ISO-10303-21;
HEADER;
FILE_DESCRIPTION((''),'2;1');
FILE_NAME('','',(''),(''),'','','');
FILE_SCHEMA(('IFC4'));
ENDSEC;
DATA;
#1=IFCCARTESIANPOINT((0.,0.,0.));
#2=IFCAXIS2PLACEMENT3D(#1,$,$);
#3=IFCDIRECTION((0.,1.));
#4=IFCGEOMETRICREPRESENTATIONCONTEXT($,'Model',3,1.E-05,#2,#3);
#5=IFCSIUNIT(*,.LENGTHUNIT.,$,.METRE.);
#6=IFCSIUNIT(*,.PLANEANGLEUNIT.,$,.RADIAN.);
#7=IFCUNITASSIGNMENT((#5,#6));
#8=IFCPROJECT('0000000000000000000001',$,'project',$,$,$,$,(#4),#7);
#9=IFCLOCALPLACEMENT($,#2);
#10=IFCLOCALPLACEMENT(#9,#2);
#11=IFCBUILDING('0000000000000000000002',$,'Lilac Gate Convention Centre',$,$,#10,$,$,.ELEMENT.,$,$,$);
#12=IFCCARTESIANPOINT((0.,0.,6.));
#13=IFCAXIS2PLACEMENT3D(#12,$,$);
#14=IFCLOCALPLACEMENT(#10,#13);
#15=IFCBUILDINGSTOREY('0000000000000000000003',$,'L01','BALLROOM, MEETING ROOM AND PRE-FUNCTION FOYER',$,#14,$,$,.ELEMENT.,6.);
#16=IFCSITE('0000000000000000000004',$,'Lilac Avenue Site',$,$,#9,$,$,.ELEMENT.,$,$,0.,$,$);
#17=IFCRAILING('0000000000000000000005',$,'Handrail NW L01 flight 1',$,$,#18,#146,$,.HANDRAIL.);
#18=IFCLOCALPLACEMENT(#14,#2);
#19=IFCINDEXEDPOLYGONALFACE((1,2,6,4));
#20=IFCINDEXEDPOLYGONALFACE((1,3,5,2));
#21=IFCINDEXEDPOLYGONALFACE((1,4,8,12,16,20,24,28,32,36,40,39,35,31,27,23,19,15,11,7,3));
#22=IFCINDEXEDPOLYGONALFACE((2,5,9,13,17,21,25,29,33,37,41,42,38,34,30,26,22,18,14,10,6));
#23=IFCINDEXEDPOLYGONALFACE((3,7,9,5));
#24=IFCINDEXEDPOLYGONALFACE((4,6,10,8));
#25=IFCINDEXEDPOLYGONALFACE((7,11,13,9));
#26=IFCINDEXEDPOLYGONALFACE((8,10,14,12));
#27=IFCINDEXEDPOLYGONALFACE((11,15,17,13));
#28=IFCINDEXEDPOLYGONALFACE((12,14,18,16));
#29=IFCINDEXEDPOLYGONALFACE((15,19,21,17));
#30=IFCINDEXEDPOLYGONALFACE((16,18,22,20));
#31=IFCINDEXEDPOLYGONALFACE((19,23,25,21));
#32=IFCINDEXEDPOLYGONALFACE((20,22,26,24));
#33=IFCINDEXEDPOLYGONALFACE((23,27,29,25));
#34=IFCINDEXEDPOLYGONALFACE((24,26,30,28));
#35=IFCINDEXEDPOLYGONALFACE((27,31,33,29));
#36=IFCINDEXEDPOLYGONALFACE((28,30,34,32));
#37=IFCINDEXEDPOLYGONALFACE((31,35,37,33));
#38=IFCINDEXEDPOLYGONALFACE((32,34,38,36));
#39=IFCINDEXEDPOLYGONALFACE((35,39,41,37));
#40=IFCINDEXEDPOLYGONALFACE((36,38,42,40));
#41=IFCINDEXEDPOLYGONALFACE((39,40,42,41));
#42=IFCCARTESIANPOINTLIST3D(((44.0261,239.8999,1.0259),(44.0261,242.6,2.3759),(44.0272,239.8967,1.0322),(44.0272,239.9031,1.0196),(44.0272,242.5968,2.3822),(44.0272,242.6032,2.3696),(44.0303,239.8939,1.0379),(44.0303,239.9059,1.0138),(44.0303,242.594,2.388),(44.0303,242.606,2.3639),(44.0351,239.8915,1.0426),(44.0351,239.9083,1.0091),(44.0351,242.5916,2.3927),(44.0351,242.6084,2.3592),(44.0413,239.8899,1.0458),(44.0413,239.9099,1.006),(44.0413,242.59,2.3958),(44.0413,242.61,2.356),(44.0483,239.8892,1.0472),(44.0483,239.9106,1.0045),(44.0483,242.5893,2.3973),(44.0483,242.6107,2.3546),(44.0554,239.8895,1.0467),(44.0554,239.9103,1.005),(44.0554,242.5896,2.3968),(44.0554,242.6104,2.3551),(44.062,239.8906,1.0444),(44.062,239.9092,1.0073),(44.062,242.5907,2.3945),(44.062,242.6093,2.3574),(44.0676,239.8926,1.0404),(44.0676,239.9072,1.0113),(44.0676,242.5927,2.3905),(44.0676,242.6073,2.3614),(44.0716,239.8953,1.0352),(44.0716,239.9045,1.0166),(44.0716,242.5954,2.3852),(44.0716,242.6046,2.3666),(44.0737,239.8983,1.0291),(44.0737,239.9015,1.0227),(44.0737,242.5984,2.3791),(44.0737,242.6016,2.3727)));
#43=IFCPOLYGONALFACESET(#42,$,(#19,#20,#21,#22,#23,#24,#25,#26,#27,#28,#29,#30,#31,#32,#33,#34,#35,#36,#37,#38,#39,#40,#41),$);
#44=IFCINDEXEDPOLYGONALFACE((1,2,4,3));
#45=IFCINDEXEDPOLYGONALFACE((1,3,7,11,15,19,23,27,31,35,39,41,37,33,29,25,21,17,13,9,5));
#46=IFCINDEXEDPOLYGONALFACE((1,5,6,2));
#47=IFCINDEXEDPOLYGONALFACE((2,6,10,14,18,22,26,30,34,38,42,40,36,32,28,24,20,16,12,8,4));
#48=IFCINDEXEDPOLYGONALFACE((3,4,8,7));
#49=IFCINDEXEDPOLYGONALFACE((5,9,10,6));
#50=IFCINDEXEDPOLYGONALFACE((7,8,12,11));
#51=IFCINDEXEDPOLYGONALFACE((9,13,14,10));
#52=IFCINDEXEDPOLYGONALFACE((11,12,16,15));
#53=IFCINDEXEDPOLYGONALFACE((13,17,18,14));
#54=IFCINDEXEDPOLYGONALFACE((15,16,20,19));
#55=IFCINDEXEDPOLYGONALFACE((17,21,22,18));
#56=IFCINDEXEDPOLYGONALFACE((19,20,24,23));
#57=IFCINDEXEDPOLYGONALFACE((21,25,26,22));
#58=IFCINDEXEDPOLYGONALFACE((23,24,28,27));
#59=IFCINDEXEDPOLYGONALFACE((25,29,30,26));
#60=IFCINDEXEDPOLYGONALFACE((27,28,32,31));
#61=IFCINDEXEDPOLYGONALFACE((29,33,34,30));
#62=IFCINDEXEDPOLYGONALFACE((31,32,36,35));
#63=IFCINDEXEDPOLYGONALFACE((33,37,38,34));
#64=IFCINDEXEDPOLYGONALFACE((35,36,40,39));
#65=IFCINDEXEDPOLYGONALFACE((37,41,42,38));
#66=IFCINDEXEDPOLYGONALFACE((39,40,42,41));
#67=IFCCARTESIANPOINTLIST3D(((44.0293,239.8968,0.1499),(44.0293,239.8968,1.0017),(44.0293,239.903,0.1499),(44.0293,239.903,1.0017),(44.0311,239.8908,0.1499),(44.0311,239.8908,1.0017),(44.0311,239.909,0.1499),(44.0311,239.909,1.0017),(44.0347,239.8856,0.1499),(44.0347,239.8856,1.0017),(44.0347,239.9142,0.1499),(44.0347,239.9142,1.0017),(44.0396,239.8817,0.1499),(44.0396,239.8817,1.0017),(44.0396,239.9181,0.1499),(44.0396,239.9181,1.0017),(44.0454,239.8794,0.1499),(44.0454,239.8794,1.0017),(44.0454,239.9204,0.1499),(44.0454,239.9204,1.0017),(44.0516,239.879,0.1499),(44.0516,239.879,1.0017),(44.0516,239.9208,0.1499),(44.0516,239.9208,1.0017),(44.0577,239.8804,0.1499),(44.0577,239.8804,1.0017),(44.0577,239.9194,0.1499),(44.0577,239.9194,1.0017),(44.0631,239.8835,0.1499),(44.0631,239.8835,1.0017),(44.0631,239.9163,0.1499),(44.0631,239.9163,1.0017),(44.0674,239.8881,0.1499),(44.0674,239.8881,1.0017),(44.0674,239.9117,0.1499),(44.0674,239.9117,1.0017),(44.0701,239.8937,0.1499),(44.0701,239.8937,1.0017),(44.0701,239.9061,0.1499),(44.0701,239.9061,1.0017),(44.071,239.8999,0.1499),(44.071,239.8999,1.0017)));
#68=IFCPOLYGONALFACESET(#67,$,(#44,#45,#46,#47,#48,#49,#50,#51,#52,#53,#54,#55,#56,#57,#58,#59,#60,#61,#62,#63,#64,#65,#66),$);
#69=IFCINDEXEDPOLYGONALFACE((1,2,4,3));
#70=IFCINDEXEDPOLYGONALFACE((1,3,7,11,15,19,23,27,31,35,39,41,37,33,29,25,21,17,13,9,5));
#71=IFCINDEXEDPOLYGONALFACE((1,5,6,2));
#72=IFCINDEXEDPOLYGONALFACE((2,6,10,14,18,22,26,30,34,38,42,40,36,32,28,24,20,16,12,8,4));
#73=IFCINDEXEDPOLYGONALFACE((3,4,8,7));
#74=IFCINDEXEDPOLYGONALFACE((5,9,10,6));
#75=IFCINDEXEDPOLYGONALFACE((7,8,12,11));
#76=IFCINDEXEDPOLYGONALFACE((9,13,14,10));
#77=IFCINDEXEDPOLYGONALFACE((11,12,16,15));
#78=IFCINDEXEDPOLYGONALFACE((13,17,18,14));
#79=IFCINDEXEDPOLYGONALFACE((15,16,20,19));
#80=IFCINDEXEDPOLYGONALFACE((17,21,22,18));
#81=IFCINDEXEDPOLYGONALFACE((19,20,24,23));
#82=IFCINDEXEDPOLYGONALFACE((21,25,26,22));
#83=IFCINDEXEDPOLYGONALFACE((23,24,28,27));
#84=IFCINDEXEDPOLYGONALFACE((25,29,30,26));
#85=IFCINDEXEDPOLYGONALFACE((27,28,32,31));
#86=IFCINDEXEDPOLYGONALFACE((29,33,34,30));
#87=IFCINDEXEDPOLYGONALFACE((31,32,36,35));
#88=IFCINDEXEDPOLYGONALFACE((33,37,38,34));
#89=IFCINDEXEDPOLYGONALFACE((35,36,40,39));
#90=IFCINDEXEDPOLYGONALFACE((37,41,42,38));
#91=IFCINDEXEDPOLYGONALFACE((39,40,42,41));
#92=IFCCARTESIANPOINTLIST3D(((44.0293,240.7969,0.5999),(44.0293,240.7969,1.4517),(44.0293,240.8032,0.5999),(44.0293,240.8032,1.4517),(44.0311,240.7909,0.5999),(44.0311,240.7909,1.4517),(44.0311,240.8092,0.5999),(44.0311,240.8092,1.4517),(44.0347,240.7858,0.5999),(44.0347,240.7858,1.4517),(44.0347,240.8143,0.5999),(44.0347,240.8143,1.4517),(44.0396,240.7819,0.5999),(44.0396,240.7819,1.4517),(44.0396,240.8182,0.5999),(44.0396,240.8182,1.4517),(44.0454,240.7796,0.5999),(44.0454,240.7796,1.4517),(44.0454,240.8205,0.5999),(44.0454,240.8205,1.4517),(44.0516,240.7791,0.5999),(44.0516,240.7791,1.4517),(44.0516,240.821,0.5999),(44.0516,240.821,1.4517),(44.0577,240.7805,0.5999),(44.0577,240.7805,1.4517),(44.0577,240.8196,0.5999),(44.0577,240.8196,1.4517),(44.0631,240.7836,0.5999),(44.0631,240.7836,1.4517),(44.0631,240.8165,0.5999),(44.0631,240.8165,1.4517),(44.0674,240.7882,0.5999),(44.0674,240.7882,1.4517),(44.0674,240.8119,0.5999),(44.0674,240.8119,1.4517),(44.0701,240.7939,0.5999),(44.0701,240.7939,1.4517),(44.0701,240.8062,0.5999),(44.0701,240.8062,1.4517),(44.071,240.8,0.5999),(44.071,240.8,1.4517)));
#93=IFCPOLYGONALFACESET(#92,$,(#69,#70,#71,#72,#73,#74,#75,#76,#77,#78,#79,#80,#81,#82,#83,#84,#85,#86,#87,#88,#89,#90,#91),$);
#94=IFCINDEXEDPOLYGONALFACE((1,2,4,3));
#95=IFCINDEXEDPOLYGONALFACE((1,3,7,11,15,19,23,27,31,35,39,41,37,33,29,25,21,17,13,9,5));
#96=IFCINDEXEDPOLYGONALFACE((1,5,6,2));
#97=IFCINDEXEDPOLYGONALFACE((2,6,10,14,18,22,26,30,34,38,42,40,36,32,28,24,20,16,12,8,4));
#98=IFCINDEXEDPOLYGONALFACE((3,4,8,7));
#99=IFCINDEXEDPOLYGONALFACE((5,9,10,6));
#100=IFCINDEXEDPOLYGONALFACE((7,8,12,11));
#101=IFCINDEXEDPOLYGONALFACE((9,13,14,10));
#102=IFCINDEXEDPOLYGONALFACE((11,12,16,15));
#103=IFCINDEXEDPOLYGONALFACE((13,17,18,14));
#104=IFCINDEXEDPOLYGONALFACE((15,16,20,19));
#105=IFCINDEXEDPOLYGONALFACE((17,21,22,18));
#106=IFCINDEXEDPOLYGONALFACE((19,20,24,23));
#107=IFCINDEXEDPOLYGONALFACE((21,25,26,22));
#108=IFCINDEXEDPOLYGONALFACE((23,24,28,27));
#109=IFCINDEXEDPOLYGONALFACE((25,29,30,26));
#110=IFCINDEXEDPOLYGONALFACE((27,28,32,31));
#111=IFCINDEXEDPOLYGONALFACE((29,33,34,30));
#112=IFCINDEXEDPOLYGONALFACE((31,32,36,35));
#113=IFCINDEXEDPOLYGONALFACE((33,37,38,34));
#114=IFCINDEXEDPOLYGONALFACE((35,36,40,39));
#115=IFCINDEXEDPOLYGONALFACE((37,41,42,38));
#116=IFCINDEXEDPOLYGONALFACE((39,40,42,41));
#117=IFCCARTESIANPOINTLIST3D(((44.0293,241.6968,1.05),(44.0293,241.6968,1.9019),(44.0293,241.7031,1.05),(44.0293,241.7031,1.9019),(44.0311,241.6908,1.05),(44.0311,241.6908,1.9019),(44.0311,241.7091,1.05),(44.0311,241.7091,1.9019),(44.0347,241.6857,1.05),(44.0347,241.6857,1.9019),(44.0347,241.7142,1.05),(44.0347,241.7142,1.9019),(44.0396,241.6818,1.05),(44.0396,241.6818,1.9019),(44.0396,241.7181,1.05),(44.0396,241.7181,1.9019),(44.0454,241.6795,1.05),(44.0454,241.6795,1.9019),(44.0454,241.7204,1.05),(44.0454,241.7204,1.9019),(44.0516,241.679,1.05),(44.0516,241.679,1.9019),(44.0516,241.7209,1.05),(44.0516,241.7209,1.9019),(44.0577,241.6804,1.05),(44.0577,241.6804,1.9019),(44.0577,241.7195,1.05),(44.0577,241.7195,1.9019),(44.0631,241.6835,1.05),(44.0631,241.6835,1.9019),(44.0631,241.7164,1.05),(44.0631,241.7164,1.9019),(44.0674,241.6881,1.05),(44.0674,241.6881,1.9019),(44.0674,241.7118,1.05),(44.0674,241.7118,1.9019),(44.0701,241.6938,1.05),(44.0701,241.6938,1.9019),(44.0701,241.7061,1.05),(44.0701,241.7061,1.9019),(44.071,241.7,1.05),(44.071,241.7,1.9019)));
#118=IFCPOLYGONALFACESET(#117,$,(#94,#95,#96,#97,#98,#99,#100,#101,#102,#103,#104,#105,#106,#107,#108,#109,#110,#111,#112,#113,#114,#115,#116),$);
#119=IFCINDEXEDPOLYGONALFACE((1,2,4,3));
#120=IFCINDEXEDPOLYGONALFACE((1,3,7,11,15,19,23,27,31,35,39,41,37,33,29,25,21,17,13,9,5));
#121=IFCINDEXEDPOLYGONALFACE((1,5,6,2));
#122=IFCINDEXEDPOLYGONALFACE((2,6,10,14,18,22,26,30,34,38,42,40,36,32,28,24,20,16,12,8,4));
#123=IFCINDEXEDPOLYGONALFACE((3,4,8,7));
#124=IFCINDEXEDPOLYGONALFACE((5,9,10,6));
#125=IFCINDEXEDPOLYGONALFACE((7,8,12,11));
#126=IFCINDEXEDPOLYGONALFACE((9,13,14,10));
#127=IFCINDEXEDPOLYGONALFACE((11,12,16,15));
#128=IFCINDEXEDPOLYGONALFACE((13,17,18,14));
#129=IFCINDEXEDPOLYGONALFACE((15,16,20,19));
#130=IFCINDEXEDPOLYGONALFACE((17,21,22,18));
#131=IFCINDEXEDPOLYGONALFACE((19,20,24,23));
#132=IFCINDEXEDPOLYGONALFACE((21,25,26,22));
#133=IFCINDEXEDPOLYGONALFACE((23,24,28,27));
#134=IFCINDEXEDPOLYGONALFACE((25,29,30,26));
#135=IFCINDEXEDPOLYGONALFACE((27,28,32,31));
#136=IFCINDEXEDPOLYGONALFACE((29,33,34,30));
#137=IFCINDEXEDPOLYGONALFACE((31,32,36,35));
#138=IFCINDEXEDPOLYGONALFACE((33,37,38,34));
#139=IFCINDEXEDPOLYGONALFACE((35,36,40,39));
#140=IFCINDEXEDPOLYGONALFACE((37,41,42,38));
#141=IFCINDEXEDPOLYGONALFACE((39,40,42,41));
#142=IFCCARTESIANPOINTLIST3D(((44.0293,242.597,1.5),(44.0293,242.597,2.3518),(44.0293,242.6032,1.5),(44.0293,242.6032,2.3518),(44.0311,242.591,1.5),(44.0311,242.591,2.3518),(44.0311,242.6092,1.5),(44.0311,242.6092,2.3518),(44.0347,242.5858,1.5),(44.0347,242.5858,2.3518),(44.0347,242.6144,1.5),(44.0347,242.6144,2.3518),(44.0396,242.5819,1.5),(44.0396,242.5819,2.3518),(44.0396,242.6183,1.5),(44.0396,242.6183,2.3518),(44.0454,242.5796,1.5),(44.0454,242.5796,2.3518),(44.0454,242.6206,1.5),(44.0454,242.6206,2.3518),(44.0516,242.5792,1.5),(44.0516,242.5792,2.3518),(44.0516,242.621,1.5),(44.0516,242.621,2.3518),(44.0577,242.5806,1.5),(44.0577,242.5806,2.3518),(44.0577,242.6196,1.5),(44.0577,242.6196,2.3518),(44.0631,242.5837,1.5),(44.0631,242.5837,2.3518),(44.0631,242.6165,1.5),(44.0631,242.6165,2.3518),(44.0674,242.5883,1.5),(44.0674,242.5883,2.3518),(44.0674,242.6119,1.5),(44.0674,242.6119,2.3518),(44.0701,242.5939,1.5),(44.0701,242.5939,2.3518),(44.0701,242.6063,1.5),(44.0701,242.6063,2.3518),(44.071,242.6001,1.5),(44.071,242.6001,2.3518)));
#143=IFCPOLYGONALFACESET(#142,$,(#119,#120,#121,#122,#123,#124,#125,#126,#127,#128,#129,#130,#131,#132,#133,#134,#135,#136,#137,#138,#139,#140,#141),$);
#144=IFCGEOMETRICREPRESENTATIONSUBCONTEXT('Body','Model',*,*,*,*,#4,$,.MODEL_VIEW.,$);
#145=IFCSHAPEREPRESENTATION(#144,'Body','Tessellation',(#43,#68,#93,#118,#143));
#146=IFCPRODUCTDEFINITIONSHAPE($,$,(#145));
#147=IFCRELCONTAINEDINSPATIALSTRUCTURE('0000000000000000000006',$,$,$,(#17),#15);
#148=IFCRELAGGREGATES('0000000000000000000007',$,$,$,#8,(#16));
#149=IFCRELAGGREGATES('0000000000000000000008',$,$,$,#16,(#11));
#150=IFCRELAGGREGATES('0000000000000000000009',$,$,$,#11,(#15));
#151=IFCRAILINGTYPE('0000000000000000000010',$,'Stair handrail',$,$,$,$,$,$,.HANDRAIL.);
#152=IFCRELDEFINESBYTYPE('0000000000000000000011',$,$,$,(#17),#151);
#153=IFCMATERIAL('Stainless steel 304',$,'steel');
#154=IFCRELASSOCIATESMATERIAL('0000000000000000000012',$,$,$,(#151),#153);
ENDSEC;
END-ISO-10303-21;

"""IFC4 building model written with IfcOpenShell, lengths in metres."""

from ifc_helpers import new_model, si_unit, direction, frame, origin, origin_2d, place, context, subcontext, project, spatial, circle, extrude, material, type_object, element, save


model = new_model("IFC4")

# Units and contexts
model_context = context("Model", 3, precision=1e-05, world=origin(), true_north=direction((0.0, 1.0)))
body_context = subcontext(model_context, "Body", "Model", "MODEL_VIEW")
ifc_project = project(units=[si_unit("LENGTHUNIT", "METRE"), si_unit("PLANEANGLEUNIT", "RADIAN")], contexts=[model_context])

# Site, building, storey
site_placement = place(None, origin())
site = spatial("IfcSite", under=ifc_project, at=site_placement, Name="Lilac Avenue Site", CompositionType="ELEMENT", RefElevation=0.0)
building_placement = place(site_placement, origin())
building = spatial("IfcBuilding", under=site, at=building_placement, Name="Lilac Gate Convention Centre", CompositionType="ELEMENT")
storey_placement = place(building_placement, frame((0.0, 0.0, 6.0)))
storey = spatial("IfcBuildingStorey", under=building, at=storey_placement, Name="L01", Description="BALLROOM, MEETING ROOM AND PRE-FUNCTION FOYER", CompositionType="ELEMENT", Elevation=6.0)

# Railing
ifc_material_1 = material(Name="Stainless steel 304", Category="steel")
railing_type = type_object("IfcRailingType", Name="Stair handrail", PredefinedType="HANDRAIL", material=ifc_material_1)
for number, where, name in (
    (1, (44.05, 239.8999, 0.1499), "Handrail NW L01 flight 1"),
):
    element("IfcRailing", number, at=place(storey_placement, frame(where)), inside=storey, type_object=railing_type, Name=name, PredefinedType="HANDRAIL", context=body_context, shape_type="SweptSolid", body=[
        extrude(circle(Radius=0.0239, at=origin_2d()), frame((0.0, 0.0, 0.876), z_axis=(0.0, 0.894427, 0.447214), x_axis=(-1.0, 0.0, 0.0)), (0.0, 0.0, 1.0), 3.0188),
        extrude(circle(Radius=0.021, at=origin_2d()), origin(), (0.0, 0.0, 1.0), 0.8518),
        extrude(circle(Radius=0.021, at=origin_2d()), frame((0.0, 0.9001, 0.45)), (0.0, 0.0, 1.0), 0.8518),
        extrude(circle(Radius=0.021, at=origin_2d()), frame((0.0, 1.8, 0.9001)), (0.0, 0.0, 1.0), 0.8518),
        extrude(circle(Radius=0.021, at=origin_2d()), frame((0.0, 2.7002, 1.3501)), (0.0, 0.0, 1.0), 0.8518),
    ])

save(model, "model.ifc")
